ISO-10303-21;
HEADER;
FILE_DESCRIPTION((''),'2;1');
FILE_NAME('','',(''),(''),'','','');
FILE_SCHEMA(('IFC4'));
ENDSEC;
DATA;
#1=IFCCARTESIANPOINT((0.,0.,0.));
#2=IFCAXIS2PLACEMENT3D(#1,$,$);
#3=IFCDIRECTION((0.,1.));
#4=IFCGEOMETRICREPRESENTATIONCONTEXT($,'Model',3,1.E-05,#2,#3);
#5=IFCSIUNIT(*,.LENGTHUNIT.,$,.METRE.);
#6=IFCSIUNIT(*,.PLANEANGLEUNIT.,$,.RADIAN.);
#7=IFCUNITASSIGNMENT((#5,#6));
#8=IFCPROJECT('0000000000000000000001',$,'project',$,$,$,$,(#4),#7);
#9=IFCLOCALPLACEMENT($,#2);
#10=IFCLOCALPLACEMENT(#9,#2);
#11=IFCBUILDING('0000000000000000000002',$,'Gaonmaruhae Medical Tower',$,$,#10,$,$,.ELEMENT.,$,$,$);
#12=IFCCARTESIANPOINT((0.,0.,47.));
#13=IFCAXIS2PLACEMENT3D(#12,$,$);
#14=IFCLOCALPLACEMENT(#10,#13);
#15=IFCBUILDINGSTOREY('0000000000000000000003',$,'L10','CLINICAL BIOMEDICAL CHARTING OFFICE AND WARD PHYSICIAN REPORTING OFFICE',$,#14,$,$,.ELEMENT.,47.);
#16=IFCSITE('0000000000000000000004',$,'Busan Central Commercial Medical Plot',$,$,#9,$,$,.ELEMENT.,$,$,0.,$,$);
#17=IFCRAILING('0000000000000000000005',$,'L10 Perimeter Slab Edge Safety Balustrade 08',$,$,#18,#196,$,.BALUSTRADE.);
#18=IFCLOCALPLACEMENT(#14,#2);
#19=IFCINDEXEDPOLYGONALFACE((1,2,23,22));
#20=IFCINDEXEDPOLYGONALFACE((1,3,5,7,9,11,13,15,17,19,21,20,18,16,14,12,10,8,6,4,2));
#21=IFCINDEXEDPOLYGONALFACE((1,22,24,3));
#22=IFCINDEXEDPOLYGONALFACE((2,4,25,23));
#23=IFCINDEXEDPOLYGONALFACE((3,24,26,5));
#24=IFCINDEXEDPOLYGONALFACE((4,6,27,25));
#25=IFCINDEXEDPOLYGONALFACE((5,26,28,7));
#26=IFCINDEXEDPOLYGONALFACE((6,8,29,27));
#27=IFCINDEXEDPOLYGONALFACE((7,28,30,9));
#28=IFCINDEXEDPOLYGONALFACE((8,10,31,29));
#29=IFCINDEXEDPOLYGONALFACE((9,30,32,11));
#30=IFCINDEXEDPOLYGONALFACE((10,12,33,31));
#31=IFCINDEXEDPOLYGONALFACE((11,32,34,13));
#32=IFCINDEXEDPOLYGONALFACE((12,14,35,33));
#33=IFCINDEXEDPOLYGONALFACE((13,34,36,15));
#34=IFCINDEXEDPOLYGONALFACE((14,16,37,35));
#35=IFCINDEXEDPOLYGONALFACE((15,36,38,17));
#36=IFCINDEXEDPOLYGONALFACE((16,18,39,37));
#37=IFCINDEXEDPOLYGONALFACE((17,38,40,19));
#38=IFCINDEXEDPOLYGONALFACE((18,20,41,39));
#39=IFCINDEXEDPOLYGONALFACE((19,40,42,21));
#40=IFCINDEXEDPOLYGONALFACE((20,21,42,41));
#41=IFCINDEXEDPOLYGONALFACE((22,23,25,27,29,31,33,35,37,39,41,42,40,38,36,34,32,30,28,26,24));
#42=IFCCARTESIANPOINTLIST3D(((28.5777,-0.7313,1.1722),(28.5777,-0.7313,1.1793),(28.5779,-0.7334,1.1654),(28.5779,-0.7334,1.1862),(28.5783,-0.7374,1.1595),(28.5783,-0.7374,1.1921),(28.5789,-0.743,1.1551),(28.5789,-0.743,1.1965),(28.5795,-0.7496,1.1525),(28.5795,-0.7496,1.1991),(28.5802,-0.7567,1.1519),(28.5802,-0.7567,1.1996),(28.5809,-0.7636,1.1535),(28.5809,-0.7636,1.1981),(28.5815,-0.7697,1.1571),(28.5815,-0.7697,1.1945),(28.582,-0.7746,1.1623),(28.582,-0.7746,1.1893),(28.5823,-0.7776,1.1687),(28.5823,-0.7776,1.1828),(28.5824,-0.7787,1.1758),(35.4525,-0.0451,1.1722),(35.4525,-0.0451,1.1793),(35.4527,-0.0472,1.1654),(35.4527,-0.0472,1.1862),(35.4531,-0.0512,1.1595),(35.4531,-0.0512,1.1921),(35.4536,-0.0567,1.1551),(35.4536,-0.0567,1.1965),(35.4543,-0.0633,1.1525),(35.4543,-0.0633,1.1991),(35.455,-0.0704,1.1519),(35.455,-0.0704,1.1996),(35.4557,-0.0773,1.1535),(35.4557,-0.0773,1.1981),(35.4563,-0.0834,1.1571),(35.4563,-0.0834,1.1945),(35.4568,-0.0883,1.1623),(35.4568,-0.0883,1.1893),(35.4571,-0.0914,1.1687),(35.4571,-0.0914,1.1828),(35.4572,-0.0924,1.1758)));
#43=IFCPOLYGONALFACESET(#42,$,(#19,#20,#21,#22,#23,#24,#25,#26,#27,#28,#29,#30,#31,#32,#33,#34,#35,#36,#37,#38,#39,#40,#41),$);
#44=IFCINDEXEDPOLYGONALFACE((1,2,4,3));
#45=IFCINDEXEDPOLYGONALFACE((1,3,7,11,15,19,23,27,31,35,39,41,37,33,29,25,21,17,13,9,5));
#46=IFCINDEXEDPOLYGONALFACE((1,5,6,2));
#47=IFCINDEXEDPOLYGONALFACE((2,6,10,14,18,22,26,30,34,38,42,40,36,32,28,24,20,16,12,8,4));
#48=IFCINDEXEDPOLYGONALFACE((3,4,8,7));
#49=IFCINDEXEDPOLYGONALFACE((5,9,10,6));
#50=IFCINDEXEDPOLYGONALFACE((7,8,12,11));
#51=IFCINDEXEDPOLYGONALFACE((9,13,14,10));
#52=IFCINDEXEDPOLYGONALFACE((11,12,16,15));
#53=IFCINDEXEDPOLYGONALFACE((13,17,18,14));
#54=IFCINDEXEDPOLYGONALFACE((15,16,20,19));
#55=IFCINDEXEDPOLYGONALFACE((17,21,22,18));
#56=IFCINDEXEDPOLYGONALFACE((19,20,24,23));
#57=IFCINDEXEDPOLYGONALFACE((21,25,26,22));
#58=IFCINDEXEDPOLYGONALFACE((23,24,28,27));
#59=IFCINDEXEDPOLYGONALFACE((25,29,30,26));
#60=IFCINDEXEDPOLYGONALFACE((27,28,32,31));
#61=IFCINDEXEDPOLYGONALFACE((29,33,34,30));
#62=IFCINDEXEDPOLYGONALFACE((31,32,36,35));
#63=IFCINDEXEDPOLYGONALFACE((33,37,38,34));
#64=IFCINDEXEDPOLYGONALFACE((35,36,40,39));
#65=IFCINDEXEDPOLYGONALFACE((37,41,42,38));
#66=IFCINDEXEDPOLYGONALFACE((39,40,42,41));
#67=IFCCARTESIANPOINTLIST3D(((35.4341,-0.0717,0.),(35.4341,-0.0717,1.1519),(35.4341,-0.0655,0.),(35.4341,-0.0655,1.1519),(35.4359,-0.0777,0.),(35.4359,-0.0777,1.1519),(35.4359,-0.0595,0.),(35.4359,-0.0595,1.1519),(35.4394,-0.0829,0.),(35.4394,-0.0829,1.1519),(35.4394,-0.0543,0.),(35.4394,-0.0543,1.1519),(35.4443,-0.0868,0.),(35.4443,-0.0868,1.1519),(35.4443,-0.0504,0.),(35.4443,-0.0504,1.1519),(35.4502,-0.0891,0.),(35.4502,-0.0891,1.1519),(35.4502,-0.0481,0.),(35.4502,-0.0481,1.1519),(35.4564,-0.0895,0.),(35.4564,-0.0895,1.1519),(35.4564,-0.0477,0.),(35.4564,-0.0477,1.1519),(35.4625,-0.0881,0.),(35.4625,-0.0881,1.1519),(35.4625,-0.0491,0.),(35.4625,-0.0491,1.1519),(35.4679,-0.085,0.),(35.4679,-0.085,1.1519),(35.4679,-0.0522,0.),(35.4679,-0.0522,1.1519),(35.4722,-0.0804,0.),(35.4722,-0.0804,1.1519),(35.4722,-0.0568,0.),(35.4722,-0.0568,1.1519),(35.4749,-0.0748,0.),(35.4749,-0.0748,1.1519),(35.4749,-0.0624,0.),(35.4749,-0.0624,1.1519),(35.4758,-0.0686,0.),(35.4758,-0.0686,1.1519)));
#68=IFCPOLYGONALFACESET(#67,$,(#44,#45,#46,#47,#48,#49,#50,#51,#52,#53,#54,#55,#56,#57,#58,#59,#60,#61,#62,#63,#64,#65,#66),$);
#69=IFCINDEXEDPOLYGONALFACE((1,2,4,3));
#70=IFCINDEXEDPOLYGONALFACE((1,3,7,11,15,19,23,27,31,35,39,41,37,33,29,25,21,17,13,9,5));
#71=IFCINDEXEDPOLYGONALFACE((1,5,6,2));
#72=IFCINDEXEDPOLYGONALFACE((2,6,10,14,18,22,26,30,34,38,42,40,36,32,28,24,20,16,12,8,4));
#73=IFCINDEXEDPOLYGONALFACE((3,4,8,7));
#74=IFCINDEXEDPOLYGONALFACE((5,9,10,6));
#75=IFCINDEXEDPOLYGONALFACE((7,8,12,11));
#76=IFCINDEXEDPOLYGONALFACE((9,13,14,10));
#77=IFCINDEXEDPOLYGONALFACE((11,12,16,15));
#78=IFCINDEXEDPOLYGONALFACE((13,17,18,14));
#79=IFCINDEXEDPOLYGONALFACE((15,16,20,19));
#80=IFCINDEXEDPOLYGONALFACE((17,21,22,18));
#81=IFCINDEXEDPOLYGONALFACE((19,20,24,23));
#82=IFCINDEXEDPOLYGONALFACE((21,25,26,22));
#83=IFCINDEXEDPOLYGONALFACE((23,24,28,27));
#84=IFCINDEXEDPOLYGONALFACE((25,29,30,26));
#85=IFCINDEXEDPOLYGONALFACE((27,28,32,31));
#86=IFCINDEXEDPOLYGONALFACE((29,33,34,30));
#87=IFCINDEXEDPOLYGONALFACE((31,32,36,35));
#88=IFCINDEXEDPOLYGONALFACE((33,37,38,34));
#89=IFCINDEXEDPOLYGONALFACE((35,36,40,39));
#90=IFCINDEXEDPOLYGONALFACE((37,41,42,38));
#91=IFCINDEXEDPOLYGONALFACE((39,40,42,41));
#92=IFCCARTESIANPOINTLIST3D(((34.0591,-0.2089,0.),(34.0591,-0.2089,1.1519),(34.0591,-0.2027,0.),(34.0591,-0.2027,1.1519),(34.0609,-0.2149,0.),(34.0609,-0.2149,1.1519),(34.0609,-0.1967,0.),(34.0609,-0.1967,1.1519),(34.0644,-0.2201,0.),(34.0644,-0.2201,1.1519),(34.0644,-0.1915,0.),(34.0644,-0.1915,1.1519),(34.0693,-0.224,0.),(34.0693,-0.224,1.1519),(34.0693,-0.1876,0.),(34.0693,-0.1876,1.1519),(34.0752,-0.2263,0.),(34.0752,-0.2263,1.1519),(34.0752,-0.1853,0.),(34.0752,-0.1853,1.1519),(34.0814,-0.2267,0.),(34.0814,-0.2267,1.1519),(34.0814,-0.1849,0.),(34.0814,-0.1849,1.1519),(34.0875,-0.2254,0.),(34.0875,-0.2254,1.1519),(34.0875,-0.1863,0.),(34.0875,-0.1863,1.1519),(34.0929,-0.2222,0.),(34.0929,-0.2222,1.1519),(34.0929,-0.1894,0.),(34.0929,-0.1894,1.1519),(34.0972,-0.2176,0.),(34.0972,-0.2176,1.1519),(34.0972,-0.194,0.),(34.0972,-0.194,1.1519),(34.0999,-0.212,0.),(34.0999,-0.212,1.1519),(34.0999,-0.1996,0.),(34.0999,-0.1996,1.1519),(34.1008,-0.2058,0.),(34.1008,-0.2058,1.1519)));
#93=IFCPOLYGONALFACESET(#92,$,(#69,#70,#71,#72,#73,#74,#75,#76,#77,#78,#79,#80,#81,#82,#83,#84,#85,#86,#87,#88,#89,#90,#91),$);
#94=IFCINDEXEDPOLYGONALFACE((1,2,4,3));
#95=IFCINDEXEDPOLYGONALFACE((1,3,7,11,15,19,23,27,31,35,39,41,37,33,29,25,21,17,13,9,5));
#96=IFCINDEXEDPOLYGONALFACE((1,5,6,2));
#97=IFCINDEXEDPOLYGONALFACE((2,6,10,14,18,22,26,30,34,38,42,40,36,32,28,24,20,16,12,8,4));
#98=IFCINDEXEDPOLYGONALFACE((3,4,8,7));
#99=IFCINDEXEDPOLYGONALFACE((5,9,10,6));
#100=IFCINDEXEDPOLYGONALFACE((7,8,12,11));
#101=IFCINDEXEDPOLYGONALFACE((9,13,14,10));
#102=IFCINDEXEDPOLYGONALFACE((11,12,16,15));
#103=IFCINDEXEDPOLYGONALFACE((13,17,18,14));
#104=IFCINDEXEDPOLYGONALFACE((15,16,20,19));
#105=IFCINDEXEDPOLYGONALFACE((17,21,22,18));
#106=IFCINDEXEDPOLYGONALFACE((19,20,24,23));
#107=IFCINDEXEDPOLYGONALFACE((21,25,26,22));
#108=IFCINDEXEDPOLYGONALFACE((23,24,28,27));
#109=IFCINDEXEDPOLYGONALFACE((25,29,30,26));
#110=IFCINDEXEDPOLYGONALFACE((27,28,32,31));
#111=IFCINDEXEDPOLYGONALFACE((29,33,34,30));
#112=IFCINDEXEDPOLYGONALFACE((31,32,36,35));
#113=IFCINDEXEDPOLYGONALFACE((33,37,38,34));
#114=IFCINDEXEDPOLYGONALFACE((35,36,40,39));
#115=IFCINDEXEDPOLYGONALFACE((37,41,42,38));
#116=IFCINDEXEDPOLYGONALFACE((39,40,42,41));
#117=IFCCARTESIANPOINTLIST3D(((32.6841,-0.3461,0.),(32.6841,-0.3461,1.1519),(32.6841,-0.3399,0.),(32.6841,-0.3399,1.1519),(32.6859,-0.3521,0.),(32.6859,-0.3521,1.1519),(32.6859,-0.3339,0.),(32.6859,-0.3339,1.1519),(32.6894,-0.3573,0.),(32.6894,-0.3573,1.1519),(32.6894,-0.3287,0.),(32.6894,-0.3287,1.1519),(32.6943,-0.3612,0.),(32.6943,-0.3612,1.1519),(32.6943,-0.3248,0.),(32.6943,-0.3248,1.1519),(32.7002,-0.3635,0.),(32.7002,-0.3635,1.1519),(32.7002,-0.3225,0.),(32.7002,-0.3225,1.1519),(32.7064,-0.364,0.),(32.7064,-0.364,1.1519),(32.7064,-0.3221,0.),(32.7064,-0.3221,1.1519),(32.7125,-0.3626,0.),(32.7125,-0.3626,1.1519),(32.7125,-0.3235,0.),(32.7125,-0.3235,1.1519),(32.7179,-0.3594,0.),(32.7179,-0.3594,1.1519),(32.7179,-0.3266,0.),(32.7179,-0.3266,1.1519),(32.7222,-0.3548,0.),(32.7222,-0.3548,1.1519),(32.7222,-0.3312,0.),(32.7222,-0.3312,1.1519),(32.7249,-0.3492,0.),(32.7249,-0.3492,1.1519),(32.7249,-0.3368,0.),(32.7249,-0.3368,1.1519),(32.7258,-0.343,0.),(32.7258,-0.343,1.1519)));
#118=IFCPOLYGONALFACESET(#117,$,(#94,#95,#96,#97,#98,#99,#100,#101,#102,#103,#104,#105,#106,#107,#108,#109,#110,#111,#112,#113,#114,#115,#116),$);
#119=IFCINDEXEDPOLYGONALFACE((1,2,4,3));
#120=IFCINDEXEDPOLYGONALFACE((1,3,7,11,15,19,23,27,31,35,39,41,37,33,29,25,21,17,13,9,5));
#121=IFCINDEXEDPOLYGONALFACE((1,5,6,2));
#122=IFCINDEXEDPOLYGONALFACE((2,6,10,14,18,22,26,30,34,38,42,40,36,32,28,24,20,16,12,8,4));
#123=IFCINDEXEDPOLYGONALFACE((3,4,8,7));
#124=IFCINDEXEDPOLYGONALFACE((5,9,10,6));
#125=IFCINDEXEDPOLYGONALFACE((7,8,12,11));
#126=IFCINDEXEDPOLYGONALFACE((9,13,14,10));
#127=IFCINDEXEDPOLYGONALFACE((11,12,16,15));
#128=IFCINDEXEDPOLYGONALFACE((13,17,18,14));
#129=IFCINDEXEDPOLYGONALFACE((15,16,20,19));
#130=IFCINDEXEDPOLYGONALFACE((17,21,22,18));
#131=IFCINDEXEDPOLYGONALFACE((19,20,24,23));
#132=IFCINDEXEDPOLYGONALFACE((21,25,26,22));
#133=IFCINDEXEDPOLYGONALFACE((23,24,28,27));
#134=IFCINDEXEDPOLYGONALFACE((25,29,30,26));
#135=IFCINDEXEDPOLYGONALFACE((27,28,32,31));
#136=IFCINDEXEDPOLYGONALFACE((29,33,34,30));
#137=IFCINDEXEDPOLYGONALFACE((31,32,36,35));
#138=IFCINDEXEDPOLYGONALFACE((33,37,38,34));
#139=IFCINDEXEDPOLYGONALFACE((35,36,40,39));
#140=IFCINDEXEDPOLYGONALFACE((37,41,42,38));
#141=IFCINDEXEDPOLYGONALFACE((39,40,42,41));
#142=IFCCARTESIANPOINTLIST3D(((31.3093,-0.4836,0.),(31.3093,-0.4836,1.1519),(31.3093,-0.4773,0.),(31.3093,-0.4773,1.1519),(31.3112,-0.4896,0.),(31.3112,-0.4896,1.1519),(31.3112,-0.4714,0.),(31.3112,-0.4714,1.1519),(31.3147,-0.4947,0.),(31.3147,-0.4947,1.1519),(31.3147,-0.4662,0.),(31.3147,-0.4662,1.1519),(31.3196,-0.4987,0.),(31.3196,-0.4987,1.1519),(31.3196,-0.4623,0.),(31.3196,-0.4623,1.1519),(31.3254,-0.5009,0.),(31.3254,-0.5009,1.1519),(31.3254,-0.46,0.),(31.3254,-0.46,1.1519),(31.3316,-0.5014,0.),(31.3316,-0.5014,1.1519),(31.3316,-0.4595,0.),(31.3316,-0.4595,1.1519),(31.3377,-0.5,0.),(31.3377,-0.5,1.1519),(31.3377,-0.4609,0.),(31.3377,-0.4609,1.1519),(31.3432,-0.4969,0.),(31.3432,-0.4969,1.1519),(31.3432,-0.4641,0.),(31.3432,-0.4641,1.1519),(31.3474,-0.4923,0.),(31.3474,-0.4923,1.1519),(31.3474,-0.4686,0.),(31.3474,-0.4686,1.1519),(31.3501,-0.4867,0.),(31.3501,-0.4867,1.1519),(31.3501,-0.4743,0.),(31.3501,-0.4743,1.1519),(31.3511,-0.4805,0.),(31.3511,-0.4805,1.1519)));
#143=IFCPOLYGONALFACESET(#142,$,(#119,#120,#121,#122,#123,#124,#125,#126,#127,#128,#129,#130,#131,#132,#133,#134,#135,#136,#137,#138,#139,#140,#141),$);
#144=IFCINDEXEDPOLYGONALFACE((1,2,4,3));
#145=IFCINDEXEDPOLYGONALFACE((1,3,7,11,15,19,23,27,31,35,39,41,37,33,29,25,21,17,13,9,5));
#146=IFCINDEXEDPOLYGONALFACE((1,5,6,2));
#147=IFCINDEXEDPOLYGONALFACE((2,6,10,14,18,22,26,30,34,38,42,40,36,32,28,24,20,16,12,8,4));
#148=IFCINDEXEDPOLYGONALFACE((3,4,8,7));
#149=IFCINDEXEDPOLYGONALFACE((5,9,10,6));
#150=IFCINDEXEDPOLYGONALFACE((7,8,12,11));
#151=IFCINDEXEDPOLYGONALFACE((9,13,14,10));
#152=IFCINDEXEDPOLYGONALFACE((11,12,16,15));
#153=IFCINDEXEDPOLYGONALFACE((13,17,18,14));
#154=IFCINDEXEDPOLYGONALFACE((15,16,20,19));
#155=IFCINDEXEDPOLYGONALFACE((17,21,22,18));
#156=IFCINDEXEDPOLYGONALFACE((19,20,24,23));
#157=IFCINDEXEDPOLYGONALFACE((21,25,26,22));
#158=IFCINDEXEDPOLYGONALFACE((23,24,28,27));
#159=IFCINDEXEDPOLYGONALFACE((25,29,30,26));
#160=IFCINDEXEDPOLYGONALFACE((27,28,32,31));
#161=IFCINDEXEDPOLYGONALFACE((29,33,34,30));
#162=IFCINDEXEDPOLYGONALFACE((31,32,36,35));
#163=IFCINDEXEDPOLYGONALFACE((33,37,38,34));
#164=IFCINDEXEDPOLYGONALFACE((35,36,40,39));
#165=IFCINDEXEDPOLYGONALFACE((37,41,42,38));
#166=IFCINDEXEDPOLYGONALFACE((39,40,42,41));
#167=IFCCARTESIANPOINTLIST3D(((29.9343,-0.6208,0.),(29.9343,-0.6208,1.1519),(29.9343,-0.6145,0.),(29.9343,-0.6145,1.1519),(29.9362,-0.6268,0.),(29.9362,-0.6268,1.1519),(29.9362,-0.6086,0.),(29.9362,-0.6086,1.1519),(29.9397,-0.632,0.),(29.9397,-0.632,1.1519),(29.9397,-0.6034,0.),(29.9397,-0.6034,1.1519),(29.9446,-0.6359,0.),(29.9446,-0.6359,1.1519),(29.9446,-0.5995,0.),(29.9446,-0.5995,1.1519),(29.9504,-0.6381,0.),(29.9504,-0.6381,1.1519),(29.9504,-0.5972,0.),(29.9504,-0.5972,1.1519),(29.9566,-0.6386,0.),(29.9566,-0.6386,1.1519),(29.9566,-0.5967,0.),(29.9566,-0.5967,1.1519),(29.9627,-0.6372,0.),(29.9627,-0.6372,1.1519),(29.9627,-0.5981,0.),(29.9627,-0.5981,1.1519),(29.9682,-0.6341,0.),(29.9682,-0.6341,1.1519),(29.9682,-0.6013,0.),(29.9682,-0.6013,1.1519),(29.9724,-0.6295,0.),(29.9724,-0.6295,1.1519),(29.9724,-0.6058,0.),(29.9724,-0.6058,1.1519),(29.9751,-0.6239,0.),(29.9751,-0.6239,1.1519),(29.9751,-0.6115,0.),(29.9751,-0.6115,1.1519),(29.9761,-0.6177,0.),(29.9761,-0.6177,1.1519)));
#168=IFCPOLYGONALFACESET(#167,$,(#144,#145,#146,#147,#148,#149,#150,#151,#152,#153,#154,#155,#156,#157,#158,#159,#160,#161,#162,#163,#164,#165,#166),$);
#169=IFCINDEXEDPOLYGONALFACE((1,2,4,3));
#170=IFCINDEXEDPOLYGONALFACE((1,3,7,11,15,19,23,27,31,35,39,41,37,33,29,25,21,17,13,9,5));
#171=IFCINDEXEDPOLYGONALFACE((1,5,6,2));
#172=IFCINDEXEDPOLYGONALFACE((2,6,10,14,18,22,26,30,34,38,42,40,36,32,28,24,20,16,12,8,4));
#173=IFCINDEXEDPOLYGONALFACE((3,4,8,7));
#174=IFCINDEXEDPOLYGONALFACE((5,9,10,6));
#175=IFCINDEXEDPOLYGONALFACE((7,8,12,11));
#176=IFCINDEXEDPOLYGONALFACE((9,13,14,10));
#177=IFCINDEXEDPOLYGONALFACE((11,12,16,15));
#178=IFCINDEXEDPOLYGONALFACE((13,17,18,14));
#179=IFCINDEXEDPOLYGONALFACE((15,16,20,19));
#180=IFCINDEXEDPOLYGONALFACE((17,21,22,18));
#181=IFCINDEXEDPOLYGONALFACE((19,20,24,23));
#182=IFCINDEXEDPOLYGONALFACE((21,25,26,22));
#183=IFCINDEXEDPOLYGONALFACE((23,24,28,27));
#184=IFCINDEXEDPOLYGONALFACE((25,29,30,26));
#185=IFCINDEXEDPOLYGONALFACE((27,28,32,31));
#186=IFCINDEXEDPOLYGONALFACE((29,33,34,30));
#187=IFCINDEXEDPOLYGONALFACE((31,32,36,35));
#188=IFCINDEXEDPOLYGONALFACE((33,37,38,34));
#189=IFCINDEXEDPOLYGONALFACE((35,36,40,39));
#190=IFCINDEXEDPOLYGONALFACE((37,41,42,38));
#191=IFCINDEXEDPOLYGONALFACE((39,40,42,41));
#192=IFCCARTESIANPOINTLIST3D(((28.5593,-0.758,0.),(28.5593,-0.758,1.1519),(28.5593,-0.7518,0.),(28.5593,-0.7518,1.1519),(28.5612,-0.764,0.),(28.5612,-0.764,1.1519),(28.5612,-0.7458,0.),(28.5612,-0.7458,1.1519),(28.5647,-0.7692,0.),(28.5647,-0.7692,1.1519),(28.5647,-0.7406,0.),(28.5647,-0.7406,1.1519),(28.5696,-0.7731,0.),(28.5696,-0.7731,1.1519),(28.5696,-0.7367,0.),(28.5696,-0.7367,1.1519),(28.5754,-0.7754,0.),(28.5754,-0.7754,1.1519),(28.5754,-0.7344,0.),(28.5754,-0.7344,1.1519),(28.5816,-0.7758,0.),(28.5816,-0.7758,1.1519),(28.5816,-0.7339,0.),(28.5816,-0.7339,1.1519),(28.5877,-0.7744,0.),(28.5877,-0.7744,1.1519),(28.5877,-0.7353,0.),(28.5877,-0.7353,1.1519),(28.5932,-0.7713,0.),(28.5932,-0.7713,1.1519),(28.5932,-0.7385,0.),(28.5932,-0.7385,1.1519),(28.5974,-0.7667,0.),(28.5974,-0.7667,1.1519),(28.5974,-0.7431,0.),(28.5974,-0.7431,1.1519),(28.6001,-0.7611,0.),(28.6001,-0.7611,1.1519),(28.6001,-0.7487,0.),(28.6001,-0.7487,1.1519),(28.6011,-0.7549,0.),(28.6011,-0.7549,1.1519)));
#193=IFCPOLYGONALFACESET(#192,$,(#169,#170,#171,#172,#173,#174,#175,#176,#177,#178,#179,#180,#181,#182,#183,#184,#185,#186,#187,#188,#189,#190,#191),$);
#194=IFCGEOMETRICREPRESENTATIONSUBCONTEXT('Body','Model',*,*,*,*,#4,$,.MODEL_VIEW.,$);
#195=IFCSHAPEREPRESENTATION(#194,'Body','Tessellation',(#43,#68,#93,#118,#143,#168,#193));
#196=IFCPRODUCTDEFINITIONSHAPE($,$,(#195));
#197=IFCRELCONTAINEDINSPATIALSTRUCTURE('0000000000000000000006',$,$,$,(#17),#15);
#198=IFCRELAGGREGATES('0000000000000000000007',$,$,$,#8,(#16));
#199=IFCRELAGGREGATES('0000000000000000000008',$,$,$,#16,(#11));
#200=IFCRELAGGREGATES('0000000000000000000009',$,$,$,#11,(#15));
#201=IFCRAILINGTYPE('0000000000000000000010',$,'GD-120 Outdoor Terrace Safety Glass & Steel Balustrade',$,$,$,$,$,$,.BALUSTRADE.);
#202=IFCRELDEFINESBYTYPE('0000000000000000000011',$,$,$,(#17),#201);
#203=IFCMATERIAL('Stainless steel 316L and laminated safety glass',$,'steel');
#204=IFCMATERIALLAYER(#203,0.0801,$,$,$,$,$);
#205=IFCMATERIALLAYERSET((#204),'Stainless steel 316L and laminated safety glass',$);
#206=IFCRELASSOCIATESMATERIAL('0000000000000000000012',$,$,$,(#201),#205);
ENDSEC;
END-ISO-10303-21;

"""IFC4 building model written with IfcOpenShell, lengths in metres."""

from ifc_helpers import new_model, si_unit, direction, frame, origin, origin_2d, place, context, subcontext, project, spatial, circle, extrude, material, layer, layer_set, type_object, element, save


model = new_model("IFC4")

# Units and contexts
model_context = context("Model", 3, precision=1e-05, world=origin(), true_north=direction((0.0, 1.0)))
body_context = subcontext(model_context, "Body", "Model", "MODEL_VIEW")
ifc_project = project(units=[si_unit("LENGTHUNIT", "METRE"), si_unit("PLANEANGLEUNIT", "RADIAN")], contexts=[model_context])

# Site, building, storey
site_placement = place(None, origin())
site = spatial("IfcSite", under=ifc_project, at=site_placement, Name="Busan Central Commercial Medical Plot", CompositionType="ELEMENT", RefElevation=0.0)
building_placement = place(site_placement, origin())
building = spatial("IfcBuilding", under=site, at=building_placement, Name="Gaonmaruhae Medical Tower", CompositionType="ELEMENT")
storey_placement = place(building_placement, frame((0.0, 0.0, 47.0)))
storey = spatial("IfcBuildingStorey", under=building, at=storey_placement, Name="L10", Description="CLINICAL BIOMEDICAL CHARTING OFFICE AND WARD PHYSICIAN REPORTING OFFICE", CompositionType="ELEMENT", Elevation=47.0)

# Railing
ifc_material_1 = material(Name="Stainless steel 316L and laminated safety glass", Category="steel")
ifc_layer_1 = layer(ifc_material_1, 0.0801)
ifc_layer_set_1 = layer_set([ifc_layer_1], Name="Stainless steel 316L and laminated safety glass")
railing_type = type_object("IfcRailingType", Name="GD-120 Outdoor Terrace Safety Glass & Steel Balustrade", PredefinedType="BALUSTRADE", material=ifc_layer_set_1)
railing_1_placement = place(storey_placement, frame((35.4548, -0.0686, 0.0)))
element("IfcRailing", 1, at=railing_1_placement, inside=storey, type_object=railing_type, Name="L10 Perimeter Slab Edge Safety Balustrade 08", PredefinedType="BALUSTRADE", context=body_context, shape_type="SweptSolid", body=[
    extrude(circle(Radius=0.0239, at=origin_2d()), frame((0.0, 0.0, 1.1758), z_axis=(-0.995054, -0.099332, 0.0), x_axis=(0.099332, -0.995054, 0.0)), (0.0, 0.0, 1.0), 6.9089),
    extrude(circle(Radius=0.021, at=origin_2d()), origin(), (0.0, 0.0, 1.0), 1.1519),
    extrude(circle(Radius=0.021, at=origin_2d()), frame((-1.375, -0.1372, 0.0)), (0.0, 0.0, 1.0), 1.1519),
    extrude(circle(Radius=0.021, at=origin_2d()), frame((-2.75, -0.2744, 0.0)), (0.0, 0.0, 1.0), 1.1519),
    extrude(circle(Radius=0.021, at=origin_2d()), frame((-4.1248, -0.4119, 0.0)), (0.0, 0.0, 1.0), 1.1519),
    extrude(circle(Radius=0.021, at=origin_2d()), frame((-5.4998, -0.5491, 0.0)), (0.0, 0.0, 1.0), 1.1519),
    extrude(circle(Radius=0.021, at=origin_2d()), frame((-6.8748, -0.6863, 0.0)), (0.0, 0.0, 1.0), 1.1519),
])

save(model, "model.ifc")
